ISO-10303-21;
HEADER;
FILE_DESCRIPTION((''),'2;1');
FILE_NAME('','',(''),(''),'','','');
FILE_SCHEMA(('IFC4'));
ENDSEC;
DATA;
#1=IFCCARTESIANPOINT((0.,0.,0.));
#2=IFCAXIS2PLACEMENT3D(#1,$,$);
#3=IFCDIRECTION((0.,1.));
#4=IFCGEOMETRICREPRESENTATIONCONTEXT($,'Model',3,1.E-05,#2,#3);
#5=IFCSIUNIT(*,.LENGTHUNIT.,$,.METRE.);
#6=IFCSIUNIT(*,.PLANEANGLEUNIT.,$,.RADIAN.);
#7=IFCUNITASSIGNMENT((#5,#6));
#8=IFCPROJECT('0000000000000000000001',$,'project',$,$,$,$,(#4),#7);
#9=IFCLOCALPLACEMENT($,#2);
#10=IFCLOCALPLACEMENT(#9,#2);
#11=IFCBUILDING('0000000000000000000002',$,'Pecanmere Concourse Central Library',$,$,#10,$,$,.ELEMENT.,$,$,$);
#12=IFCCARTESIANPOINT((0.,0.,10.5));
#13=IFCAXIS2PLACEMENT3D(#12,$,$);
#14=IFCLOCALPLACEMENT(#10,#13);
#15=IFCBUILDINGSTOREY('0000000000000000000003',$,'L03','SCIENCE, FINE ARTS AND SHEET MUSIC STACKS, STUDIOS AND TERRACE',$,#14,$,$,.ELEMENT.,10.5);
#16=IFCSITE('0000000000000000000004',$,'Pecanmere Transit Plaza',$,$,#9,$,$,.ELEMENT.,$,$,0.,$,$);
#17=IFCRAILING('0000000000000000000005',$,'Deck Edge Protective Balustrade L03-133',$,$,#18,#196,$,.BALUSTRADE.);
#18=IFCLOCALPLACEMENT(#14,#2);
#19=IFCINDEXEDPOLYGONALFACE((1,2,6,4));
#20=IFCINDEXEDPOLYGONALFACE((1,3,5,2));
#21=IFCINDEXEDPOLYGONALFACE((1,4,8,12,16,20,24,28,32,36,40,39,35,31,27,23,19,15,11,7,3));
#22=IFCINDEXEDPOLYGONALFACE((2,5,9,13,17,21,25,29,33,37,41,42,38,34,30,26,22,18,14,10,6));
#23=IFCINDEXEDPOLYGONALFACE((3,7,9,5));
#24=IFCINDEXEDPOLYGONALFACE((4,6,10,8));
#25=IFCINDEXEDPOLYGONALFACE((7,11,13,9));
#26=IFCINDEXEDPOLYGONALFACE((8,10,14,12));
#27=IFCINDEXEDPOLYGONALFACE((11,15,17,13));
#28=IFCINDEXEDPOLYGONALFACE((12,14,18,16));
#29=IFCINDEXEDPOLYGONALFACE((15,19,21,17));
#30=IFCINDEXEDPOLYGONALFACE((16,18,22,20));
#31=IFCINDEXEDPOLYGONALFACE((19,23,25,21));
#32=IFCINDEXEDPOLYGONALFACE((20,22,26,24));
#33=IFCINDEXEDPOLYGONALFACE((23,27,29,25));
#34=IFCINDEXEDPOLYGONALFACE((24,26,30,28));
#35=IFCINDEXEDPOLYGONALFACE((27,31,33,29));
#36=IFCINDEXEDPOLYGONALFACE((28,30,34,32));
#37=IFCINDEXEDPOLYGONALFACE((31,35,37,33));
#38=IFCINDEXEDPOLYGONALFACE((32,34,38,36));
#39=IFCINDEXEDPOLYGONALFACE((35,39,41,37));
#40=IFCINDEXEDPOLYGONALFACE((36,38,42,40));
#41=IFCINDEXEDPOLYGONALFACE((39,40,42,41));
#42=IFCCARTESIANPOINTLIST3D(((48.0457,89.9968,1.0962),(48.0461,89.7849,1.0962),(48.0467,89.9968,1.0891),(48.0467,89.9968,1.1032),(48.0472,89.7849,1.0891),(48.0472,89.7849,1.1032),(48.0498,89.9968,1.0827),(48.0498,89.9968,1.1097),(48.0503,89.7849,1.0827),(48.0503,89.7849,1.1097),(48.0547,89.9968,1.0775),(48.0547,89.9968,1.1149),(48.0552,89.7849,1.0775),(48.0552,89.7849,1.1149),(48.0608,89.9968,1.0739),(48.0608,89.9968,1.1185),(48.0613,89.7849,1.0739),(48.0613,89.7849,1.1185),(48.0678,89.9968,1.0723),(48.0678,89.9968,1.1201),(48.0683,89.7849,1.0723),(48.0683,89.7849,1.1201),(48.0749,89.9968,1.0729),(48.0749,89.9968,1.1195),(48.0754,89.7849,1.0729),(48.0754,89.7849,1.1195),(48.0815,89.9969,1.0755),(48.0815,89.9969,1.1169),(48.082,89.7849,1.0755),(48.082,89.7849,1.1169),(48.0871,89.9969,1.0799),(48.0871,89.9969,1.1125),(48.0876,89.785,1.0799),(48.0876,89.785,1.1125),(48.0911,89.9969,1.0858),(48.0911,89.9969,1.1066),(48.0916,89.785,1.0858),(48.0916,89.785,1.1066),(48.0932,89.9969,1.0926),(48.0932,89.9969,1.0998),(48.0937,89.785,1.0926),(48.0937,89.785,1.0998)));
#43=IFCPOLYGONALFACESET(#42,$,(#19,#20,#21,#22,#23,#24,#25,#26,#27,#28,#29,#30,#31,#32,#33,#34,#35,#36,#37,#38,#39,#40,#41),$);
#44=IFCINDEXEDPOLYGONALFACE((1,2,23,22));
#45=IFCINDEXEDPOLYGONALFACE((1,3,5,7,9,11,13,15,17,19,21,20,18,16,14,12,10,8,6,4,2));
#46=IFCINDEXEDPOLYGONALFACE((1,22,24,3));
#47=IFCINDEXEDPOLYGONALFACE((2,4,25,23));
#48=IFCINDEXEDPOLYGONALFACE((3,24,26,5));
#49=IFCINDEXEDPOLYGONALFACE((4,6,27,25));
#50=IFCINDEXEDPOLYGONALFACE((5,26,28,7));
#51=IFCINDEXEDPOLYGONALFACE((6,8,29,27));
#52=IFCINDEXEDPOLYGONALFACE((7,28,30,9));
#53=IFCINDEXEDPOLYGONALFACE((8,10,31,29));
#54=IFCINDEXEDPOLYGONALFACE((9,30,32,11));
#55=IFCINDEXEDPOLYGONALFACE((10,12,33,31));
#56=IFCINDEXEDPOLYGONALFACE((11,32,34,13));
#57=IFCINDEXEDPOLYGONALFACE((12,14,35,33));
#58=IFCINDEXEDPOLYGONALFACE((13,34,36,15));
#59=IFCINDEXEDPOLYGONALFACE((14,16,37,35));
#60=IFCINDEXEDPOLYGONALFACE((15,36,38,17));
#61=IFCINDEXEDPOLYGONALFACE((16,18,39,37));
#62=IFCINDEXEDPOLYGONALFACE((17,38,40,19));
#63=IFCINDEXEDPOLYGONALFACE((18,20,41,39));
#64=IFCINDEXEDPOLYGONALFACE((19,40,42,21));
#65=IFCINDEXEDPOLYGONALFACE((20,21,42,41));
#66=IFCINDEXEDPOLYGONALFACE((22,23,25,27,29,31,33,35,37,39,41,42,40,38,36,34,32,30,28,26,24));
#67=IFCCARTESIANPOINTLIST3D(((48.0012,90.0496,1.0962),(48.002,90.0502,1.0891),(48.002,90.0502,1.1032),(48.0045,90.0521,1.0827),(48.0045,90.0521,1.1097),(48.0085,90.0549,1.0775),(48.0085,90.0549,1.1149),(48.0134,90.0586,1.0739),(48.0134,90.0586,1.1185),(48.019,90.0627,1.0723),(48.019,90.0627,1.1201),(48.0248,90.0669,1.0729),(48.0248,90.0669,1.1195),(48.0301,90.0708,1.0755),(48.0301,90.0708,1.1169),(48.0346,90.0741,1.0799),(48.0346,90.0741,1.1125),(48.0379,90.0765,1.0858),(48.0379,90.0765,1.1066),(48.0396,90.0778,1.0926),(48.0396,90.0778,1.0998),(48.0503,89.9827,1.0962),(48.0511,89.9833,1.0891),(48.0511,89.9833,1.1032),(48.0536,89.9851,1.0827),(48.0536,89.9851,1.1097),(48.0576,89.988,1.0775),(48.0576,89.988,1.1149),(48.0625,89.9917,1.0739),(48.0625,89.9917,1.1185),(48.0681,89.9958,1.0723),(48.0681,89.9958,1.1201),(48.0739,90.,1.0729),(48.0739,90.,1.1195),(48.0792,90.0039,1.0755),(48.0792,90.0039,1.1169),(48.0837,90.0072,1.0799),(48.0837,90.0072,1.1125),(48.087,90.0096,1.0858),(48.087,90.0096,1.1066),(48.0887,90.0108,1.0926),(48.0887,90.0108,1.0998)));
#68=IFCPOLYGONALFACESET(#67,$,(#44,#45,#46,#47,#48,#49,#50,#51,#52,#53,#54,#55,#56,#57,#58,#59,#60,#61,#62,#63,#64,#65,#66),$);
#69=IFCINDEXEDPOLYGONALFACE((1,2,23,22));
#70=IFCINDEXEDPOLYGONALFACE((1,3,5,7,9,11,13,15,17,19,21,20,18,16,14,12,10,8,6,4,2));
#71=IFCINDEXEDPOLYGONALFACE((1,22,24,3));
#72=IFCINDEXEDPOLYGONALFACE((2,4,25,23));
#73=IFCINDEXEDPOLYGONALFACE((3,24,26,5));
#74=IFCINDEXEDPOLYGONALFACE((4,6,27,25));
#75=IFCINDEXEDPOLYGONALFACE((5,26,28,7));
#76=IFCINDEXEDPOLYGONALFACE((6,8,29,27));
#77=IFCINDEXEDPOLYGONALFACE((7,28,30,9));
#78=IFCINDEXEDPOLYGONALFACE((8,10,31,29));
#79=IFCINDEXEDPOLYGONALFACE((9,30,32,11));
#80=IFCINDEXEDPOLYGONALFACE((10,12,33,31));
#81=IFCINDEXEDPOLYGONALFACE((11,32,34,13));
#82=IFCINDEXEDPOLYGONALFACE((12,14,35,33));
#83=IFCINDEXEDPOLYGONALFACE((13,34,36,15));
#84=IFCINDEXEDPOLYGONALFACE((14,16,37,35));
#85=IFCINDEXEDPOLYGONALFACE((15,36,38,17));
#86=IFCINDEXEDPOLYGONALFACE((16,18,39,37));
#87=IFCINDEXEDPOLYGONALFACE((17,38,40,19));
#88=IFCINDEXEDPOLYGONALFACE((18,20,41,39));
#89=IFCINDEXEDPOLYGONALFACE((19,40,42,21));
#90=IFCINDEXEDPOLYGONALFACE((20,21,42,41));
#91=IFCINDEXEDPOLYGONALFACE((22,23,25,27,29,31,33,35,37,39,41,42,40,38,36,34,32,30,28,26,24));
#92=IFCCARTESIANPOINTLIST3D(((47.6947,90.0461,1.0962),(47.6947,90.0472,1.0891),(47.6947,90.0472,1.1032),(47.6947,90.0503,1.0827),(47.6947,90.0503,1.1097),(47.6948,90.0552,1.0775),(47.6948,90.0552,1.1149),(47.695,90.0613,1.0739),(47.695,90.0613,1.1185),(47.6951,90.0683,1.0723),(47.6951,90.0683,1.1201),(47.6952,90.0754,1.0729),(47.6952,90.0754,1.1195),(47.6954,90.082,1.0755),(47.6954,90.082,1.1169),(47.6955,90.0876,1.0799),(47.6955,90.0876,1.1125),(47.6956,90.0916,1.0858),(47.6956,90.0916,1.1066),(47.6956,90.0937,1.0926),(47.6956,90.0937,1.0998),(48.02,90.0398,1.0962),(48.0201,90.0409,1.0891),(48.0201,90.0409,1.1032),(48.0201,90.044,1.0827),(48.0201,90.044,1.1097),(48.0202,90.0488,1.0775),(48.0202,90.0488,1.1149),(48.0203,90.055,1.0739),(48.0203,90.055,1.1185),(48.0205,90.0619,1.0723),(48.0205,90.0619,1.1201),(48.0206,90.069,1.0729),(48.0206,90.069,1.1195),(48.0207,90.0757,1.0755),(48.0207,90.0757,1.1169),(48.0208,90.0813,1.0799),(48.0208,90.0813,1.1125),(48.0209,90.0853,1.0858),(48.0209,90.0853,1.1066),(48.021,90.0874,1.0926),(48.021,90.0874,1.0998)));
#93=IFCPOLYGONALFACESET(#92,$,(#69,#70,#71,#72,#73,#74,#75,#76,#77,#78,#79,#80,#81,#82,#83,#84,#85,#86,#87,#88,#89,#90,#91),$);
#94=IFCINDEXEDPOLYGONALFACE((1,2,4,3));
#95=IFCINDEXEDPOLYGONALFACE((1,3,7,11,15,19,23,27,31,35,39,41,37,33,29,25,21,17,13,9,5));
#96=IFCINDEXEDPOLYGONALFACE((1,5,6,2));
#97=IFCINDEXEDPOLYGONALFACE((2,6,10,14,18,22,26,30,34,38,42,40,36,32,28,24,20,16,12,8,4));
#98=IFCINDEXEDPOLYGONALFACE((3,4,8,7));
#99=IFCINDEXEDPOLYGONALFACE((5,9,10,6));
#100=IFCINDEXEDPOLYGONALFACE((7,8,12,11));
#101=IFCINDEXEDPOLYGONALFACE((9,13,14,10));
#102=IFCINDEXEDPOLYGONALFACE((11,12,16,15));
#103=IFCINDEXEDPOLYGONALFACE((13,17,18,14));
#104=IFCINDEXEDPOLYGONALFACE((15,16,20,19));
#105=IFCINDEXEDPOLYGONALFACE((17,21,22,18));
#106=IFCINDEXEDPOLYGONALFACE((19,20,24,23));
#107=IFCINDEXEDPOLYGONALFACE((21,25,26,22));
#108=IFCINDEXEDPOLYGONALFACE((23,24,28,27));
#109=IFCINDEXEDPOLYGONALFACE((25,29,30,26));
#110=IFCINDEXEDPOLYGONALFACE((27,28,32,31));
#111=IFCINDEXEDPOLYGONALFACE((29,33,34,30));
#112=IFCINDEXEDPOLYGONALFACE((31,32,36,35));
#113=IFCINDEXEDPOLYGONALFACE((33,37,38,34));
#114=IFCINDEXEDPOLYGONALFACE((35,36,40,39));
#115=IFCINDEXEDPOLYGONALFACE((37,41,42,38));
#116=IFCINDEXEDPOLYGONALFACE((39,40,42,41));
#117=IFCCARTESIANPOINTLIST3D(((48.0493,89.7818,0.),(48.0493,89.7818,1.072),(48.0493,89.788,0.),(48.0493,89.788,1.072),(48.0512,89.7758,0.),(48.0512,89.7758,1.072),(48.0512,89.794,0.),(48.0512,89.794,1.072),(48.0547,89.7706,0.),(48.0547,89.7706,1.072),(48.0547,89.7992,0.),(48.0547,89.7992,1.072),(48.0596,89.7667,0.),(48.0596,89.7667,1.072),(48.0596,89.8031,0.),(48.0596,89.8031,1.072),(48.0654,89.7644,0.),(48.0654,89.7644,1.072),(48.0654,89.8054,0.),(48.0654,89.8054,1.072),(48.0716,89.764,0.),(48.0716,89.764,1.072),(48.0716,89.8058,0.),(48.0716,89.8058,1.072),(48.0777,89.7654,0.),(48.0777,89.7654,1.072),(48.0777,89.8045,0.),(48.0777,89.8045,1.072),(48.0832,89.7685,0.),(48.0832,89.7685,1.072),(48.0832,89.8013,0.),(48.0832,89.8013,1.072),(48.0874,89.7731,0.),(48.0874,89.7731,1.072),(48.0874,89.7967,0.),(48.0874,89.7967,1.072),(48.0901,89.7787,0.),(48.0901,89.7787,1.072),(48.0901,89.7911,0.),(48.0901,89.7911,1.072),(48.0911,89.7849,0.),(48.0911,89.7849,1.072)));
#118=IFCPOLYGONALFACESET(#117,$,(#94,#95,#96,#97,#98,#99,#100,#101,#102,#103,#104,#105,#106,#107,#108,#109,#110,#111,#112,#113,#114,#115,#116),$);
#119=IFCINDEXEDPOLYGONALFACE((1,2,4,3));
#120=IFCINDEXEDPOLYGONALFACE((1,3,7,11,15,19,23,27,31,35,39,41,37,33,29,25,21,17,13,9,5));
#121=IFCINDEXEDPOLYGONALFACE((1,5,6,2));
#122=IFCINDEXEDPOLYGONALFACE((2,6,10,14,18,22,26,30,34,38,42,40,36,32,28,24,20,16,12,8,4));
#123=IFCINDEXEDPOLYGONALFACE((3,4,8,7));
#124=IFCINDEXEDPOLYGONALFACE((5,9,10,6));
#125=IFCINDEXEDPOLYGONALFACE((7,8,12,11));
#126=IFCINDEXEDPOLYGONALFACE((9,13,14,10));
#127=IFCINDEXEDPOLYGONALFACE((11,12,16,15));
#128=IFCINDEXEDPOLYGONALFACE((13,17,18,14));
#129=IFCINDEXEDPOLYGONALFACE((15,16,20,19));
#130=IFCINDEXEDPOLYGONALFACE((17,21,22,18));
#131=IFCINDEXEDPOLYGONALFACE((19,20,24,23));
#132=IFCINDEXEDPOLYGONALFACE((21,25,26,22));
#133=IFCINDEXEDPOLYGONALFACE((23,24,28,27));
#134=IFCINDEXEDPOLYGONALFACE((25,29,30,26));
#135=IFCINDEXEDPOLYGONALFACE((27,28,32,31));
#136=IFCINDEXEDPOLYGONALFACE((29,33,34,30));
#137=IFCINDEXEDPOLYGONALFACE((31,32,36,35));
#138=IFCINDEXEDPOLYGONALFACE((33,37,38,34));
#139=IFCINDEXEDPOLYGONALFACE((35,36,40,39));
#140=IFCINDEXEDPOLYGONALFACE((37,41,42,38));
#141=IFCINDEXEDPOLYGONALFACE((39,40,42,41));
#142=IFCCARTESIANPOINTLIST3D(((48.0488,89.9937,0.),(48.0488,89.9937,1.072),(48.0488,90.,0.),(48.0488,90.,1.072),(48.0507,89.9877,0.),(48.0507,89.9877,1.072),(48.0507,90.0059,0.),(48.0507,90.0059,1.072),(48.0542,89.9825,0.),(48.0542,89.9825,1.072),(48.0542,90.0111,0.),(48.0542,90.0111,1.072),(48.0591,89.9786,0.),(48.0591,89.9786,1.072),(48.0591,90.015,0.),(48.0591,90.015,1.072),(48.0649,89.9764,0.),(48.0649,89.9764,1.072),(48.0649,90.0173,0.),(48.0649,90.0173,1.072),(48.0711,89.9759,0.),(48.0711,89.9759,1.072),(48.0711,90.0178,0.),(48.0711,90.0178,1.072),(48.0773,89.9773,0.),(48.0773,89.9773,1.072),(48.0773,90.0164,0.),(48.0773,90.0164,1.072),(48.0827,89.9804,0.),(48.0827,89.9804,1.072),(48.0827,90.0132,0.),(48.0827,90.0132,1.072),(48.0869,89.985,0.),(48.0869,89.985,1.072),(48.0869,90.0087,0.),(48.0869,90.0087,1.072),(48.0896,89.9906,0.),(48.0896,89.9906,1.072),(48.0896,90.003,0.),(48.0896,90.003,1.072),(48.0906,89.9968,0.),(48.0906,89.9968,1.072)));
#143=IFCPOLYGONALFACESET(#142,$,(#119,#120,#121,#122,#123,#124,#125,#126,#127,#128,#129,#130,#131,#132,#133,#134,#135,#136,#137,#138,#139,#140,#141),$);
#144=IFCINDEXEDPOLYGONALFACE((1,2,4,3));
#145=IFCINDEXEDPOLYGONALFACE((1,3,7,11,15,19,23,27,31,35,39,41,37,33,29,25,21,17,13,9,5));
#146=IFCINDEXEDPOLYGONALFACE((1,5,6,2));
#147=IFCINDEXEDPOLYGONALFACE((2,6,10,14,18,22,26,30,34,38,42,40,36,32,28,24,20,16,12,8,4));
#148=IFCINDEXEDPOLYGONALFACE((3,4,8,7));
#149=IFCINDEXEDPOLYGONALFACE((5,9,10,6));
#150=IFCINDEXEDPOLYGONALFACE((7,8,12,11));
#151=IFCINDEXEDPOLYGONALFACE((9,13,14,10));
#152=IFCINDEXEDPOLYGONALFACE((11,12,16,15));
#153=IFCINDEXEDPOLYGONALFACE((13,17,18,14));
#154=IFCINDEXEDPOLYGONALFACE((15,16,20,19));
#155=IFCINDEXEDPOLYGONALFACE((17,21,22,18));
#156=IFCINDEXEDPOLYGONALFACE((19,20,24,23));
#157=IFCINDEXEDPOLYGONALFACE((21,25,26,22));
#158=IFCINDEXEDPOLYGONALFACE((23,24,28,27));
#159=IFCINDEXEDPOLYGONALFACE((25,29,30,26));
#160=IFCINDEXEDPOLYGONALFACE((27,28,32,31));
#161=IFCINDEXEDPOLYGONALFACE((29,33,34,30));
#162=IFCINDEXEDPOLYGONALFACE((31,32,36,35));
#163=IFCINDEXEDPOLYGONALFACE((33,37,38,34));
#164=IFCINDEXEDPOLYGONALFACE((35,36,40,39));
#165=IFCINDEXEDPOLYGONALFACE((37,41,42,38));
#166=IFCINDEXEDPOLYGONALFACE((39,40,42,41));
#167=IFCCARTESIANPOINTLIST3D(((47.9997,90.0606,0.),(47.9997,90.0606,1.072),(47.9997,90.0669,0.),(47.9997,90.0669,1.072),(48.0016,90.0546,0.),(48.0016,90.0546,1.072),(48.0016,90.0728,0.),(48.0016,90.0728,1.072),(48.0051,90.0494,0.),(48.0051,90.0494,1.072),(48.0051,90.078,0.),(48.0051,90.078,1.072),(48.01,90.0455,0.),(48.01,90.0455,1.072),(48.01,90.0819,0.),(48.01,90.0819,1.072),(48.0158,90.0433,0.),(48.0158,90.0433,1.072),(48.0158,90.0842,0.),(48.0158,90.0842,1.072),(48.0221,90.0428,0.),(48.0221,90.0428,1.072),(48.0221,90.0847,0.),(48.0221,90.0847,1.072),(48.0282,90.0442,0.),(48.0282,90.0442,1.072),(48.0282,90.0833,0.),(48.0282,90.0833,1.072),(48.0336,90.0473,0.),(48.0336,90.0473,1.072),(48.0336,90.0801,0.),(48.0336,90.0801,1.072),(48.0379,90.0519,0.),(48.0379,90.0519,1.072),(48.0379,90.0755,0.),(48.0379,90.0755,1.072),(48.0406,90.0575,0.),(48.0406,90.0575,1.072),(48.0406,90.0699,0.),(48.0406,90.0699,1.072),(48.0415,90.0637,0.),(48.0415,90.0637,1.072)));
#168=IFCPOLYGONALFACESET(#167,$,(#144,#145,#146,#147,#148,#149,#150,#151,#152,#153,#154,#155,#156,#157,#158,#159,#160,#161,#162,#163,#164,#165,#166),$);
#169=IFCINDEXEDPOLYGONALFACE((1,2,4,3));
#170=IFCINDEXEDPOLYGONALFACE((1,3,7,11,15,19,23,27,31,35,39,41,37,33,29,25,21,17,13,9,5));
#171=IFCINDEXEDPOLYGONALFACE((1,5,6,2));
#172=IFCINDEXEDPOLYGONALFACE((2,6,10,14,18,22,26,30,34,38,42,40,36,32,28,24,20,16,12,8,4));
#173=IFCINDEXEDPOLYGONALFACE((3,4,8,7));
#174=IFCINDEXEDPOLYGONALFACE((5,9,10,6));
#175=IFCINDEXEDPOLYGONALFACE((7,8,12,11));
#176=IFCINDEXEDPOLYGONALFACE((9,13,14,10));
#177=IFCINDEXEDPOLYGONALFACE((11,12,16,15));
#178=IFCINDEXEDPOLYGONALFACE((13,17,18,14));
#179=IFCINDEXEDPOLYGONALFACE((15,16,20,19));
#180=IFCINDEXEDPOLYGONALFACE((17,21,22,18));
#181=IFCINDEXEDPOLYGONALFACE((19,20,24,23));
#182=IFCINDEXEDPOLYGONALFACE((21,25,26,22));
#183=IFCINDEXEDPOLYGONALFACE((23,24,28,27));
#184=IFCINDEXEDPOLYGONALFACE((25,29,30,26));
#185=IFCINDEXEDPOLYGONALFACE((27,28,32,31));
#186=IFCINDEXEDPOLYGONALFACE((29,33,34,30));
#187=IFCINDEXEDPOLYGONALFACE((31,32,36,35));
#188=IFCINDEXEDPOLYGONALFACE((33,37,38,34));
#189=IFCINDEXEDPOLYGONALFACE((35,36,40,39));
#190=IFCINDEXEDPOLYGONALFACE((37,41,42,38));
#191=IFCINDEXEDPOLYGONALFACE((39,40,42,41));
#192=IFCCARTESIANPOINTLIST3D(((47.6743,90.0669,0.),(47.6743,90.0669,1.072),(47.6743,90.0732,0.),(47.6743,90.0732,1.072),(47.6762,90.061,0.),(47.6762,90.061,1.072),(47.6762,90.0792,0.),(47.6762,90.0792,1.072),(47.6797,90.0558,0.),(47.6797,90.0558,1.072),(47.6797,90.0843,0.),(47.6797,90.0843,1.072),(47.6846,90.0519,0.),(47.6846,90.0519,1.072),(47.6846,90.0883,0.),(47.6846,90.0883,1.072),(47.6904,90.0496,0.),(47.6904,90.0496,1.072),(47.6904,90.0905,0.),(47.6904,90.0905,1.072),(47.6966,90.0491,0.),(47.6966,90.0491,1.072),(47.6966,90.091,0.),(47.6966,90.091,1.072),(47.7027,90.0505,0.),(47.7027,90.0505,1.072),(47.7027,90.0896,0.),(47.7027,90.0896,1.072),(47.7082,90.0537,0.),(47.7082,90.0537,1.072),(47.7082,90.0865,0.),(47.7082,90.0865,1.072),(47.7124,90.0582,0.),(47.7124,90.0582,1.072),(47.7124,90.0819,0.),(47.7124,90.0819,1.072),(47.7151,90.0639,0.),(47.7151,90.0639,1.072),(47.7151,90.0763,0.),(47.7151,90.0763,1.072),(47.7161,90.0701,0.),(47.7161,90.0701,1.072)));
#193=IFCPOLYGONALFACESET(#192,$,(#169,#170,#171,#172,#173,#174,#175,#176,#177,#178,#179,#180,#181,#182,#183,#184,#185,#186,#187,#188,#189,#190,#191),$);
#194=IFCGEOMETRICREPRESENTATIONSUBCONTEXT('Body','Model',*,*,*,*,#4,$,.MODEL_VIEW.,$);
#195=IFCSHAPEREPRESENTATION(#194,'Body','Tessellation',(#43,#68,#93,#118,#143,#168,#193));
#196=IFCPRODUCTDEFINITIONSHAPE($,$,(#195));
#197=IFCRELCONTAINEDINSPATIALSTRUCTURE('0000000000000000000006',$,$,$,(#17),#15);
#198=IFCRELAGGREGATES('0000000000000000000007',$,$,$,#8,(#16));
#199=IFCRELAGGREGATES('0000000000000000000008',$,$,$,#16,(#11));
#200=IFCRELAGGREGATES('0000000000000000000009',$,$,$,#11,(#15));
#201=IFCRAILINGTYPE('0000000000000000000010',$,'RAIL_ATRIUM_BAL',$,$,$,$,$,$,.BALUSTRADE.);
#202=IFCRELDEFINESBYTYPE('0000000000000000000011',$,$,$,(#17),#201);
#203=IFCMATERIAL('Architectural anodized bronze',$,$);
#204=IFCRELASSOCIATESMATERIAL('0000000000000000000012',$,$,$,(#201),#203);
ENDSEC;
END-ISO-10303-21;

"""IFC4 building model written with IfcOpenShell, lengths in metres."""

from ifc_helpers import new_model, si_unit, direction, frame, origin, origin_2d, place, context, subcontext, project, spatial, circle, extrude, material, type_object, element, save


model = new_model("IFC4")

# Units and contexts
model_context = context("Model", 3, precision=1e-05, world=origin(), true_north=direction((0.0, 1.0)))
body_context = subcontext(model_context, "Body", "Model", "MODEL_VIEW")
ifc_project = project(units=[si_unit("LENGTHUNIT", "METRE"), si_unit("PLANEANGLEUNIT", "RADIAN")], contexts=[model_context])

# Site, building, storey
site_placement = place(None, origin())
site = spatial("IfcSite", under=ifc_project, at=site_placement, Name="Pecanmere Transit Plaza", CompositionType="ELEMENT", RefElevation=0.0)
building_placement = place(site_placement, origin())
building = spatial("IfcBuilding", under=site, at=building_placement, Name="Pecanmere Concourse Central Library", CompositionType="ELEMENT")
storey_placement = place(building_placement, frame((0.0, 0.0, 10.5)))
storey = spatial("IfcBuildingStorey", under=building, at=storey_placement, Name="L03", Description="SCIENCE, FINE ARTS AND SHEET MUSIC STACKS, STUDIOS AND TERRACE", CompositionType="ELEMENT", Elevation=10.5)

# Railing
ifc_material_1 = material(Name="Architectural anodized bronze")
railing_type = type_object("IfcRailingType", Name="RAIL_ATRIUM_BAL", PredefinedType="BALUSTRADE", material=ifc_material_1)
railing_placement = place(storey_placement, frame((48.0701, 89.7849, 0.0)))
element("IfcRailing", 1, at=railing_placement, inside=storey, type_object=railing_type, Name="Deck Edge Protective Balustrade L03-133", PredefinedType="BALUSTRADE", context=body_context, shape_type="SweptSolid", body=[
    extrude(circle(Radius=0.0239, at=origin_2d()), frame((0.0, 0.0, 1.0962), z_axis=(-0.002304, 0.999997, 0.0), x_axis=(-0.999997, -0.002304, 0.0)), (0.0, 0.0, 1.0), 0.2119),
    extrude(circle(Radius=0.0239, at=origin_2d()), frame((-0.0005, 0.2119, 1.0962), z_axis=(-0.591491, 0.806311, 0.0), x_axis=(-0.806311, -0.591491, 0.0)), (0.0, 0.0, 1.0), 0.083),
    extrude(circle(Radius=0.0239, at=origin_2d()), frame((-0.0496, 0.2788, 1.0962), z_axis=(-0.99981, 0.019501, 0.0), x_axis=(-0.019501, -0.99981, 0.0)), (0.0, 0.0, 1.0), 0.3254),
    extrude(circle(Radius=0.021, at=origin_2d()), origin(), (0.0, 0.0, 1.0), 1.072),
    extrude(circle(Radius=0.021, at=origin_2d()), frame((-0.0005, 0.2119, 0.0)), (0.0, 0.0, 1.0), 1.072),
    extrude(circle(Radius=0.021, at=origin_2d()), frame((-0.0496, 0.2788, 0.0)), (0.0, 0.0, 1.0), 1.072),
    extrude(circle(Radius=0.021, at=origin_2d()), frame((-0.375, 0.2852, 0.0)), (0.0, 0.0, 1.0), 1.072),
])

save(model, "model.ifc")
